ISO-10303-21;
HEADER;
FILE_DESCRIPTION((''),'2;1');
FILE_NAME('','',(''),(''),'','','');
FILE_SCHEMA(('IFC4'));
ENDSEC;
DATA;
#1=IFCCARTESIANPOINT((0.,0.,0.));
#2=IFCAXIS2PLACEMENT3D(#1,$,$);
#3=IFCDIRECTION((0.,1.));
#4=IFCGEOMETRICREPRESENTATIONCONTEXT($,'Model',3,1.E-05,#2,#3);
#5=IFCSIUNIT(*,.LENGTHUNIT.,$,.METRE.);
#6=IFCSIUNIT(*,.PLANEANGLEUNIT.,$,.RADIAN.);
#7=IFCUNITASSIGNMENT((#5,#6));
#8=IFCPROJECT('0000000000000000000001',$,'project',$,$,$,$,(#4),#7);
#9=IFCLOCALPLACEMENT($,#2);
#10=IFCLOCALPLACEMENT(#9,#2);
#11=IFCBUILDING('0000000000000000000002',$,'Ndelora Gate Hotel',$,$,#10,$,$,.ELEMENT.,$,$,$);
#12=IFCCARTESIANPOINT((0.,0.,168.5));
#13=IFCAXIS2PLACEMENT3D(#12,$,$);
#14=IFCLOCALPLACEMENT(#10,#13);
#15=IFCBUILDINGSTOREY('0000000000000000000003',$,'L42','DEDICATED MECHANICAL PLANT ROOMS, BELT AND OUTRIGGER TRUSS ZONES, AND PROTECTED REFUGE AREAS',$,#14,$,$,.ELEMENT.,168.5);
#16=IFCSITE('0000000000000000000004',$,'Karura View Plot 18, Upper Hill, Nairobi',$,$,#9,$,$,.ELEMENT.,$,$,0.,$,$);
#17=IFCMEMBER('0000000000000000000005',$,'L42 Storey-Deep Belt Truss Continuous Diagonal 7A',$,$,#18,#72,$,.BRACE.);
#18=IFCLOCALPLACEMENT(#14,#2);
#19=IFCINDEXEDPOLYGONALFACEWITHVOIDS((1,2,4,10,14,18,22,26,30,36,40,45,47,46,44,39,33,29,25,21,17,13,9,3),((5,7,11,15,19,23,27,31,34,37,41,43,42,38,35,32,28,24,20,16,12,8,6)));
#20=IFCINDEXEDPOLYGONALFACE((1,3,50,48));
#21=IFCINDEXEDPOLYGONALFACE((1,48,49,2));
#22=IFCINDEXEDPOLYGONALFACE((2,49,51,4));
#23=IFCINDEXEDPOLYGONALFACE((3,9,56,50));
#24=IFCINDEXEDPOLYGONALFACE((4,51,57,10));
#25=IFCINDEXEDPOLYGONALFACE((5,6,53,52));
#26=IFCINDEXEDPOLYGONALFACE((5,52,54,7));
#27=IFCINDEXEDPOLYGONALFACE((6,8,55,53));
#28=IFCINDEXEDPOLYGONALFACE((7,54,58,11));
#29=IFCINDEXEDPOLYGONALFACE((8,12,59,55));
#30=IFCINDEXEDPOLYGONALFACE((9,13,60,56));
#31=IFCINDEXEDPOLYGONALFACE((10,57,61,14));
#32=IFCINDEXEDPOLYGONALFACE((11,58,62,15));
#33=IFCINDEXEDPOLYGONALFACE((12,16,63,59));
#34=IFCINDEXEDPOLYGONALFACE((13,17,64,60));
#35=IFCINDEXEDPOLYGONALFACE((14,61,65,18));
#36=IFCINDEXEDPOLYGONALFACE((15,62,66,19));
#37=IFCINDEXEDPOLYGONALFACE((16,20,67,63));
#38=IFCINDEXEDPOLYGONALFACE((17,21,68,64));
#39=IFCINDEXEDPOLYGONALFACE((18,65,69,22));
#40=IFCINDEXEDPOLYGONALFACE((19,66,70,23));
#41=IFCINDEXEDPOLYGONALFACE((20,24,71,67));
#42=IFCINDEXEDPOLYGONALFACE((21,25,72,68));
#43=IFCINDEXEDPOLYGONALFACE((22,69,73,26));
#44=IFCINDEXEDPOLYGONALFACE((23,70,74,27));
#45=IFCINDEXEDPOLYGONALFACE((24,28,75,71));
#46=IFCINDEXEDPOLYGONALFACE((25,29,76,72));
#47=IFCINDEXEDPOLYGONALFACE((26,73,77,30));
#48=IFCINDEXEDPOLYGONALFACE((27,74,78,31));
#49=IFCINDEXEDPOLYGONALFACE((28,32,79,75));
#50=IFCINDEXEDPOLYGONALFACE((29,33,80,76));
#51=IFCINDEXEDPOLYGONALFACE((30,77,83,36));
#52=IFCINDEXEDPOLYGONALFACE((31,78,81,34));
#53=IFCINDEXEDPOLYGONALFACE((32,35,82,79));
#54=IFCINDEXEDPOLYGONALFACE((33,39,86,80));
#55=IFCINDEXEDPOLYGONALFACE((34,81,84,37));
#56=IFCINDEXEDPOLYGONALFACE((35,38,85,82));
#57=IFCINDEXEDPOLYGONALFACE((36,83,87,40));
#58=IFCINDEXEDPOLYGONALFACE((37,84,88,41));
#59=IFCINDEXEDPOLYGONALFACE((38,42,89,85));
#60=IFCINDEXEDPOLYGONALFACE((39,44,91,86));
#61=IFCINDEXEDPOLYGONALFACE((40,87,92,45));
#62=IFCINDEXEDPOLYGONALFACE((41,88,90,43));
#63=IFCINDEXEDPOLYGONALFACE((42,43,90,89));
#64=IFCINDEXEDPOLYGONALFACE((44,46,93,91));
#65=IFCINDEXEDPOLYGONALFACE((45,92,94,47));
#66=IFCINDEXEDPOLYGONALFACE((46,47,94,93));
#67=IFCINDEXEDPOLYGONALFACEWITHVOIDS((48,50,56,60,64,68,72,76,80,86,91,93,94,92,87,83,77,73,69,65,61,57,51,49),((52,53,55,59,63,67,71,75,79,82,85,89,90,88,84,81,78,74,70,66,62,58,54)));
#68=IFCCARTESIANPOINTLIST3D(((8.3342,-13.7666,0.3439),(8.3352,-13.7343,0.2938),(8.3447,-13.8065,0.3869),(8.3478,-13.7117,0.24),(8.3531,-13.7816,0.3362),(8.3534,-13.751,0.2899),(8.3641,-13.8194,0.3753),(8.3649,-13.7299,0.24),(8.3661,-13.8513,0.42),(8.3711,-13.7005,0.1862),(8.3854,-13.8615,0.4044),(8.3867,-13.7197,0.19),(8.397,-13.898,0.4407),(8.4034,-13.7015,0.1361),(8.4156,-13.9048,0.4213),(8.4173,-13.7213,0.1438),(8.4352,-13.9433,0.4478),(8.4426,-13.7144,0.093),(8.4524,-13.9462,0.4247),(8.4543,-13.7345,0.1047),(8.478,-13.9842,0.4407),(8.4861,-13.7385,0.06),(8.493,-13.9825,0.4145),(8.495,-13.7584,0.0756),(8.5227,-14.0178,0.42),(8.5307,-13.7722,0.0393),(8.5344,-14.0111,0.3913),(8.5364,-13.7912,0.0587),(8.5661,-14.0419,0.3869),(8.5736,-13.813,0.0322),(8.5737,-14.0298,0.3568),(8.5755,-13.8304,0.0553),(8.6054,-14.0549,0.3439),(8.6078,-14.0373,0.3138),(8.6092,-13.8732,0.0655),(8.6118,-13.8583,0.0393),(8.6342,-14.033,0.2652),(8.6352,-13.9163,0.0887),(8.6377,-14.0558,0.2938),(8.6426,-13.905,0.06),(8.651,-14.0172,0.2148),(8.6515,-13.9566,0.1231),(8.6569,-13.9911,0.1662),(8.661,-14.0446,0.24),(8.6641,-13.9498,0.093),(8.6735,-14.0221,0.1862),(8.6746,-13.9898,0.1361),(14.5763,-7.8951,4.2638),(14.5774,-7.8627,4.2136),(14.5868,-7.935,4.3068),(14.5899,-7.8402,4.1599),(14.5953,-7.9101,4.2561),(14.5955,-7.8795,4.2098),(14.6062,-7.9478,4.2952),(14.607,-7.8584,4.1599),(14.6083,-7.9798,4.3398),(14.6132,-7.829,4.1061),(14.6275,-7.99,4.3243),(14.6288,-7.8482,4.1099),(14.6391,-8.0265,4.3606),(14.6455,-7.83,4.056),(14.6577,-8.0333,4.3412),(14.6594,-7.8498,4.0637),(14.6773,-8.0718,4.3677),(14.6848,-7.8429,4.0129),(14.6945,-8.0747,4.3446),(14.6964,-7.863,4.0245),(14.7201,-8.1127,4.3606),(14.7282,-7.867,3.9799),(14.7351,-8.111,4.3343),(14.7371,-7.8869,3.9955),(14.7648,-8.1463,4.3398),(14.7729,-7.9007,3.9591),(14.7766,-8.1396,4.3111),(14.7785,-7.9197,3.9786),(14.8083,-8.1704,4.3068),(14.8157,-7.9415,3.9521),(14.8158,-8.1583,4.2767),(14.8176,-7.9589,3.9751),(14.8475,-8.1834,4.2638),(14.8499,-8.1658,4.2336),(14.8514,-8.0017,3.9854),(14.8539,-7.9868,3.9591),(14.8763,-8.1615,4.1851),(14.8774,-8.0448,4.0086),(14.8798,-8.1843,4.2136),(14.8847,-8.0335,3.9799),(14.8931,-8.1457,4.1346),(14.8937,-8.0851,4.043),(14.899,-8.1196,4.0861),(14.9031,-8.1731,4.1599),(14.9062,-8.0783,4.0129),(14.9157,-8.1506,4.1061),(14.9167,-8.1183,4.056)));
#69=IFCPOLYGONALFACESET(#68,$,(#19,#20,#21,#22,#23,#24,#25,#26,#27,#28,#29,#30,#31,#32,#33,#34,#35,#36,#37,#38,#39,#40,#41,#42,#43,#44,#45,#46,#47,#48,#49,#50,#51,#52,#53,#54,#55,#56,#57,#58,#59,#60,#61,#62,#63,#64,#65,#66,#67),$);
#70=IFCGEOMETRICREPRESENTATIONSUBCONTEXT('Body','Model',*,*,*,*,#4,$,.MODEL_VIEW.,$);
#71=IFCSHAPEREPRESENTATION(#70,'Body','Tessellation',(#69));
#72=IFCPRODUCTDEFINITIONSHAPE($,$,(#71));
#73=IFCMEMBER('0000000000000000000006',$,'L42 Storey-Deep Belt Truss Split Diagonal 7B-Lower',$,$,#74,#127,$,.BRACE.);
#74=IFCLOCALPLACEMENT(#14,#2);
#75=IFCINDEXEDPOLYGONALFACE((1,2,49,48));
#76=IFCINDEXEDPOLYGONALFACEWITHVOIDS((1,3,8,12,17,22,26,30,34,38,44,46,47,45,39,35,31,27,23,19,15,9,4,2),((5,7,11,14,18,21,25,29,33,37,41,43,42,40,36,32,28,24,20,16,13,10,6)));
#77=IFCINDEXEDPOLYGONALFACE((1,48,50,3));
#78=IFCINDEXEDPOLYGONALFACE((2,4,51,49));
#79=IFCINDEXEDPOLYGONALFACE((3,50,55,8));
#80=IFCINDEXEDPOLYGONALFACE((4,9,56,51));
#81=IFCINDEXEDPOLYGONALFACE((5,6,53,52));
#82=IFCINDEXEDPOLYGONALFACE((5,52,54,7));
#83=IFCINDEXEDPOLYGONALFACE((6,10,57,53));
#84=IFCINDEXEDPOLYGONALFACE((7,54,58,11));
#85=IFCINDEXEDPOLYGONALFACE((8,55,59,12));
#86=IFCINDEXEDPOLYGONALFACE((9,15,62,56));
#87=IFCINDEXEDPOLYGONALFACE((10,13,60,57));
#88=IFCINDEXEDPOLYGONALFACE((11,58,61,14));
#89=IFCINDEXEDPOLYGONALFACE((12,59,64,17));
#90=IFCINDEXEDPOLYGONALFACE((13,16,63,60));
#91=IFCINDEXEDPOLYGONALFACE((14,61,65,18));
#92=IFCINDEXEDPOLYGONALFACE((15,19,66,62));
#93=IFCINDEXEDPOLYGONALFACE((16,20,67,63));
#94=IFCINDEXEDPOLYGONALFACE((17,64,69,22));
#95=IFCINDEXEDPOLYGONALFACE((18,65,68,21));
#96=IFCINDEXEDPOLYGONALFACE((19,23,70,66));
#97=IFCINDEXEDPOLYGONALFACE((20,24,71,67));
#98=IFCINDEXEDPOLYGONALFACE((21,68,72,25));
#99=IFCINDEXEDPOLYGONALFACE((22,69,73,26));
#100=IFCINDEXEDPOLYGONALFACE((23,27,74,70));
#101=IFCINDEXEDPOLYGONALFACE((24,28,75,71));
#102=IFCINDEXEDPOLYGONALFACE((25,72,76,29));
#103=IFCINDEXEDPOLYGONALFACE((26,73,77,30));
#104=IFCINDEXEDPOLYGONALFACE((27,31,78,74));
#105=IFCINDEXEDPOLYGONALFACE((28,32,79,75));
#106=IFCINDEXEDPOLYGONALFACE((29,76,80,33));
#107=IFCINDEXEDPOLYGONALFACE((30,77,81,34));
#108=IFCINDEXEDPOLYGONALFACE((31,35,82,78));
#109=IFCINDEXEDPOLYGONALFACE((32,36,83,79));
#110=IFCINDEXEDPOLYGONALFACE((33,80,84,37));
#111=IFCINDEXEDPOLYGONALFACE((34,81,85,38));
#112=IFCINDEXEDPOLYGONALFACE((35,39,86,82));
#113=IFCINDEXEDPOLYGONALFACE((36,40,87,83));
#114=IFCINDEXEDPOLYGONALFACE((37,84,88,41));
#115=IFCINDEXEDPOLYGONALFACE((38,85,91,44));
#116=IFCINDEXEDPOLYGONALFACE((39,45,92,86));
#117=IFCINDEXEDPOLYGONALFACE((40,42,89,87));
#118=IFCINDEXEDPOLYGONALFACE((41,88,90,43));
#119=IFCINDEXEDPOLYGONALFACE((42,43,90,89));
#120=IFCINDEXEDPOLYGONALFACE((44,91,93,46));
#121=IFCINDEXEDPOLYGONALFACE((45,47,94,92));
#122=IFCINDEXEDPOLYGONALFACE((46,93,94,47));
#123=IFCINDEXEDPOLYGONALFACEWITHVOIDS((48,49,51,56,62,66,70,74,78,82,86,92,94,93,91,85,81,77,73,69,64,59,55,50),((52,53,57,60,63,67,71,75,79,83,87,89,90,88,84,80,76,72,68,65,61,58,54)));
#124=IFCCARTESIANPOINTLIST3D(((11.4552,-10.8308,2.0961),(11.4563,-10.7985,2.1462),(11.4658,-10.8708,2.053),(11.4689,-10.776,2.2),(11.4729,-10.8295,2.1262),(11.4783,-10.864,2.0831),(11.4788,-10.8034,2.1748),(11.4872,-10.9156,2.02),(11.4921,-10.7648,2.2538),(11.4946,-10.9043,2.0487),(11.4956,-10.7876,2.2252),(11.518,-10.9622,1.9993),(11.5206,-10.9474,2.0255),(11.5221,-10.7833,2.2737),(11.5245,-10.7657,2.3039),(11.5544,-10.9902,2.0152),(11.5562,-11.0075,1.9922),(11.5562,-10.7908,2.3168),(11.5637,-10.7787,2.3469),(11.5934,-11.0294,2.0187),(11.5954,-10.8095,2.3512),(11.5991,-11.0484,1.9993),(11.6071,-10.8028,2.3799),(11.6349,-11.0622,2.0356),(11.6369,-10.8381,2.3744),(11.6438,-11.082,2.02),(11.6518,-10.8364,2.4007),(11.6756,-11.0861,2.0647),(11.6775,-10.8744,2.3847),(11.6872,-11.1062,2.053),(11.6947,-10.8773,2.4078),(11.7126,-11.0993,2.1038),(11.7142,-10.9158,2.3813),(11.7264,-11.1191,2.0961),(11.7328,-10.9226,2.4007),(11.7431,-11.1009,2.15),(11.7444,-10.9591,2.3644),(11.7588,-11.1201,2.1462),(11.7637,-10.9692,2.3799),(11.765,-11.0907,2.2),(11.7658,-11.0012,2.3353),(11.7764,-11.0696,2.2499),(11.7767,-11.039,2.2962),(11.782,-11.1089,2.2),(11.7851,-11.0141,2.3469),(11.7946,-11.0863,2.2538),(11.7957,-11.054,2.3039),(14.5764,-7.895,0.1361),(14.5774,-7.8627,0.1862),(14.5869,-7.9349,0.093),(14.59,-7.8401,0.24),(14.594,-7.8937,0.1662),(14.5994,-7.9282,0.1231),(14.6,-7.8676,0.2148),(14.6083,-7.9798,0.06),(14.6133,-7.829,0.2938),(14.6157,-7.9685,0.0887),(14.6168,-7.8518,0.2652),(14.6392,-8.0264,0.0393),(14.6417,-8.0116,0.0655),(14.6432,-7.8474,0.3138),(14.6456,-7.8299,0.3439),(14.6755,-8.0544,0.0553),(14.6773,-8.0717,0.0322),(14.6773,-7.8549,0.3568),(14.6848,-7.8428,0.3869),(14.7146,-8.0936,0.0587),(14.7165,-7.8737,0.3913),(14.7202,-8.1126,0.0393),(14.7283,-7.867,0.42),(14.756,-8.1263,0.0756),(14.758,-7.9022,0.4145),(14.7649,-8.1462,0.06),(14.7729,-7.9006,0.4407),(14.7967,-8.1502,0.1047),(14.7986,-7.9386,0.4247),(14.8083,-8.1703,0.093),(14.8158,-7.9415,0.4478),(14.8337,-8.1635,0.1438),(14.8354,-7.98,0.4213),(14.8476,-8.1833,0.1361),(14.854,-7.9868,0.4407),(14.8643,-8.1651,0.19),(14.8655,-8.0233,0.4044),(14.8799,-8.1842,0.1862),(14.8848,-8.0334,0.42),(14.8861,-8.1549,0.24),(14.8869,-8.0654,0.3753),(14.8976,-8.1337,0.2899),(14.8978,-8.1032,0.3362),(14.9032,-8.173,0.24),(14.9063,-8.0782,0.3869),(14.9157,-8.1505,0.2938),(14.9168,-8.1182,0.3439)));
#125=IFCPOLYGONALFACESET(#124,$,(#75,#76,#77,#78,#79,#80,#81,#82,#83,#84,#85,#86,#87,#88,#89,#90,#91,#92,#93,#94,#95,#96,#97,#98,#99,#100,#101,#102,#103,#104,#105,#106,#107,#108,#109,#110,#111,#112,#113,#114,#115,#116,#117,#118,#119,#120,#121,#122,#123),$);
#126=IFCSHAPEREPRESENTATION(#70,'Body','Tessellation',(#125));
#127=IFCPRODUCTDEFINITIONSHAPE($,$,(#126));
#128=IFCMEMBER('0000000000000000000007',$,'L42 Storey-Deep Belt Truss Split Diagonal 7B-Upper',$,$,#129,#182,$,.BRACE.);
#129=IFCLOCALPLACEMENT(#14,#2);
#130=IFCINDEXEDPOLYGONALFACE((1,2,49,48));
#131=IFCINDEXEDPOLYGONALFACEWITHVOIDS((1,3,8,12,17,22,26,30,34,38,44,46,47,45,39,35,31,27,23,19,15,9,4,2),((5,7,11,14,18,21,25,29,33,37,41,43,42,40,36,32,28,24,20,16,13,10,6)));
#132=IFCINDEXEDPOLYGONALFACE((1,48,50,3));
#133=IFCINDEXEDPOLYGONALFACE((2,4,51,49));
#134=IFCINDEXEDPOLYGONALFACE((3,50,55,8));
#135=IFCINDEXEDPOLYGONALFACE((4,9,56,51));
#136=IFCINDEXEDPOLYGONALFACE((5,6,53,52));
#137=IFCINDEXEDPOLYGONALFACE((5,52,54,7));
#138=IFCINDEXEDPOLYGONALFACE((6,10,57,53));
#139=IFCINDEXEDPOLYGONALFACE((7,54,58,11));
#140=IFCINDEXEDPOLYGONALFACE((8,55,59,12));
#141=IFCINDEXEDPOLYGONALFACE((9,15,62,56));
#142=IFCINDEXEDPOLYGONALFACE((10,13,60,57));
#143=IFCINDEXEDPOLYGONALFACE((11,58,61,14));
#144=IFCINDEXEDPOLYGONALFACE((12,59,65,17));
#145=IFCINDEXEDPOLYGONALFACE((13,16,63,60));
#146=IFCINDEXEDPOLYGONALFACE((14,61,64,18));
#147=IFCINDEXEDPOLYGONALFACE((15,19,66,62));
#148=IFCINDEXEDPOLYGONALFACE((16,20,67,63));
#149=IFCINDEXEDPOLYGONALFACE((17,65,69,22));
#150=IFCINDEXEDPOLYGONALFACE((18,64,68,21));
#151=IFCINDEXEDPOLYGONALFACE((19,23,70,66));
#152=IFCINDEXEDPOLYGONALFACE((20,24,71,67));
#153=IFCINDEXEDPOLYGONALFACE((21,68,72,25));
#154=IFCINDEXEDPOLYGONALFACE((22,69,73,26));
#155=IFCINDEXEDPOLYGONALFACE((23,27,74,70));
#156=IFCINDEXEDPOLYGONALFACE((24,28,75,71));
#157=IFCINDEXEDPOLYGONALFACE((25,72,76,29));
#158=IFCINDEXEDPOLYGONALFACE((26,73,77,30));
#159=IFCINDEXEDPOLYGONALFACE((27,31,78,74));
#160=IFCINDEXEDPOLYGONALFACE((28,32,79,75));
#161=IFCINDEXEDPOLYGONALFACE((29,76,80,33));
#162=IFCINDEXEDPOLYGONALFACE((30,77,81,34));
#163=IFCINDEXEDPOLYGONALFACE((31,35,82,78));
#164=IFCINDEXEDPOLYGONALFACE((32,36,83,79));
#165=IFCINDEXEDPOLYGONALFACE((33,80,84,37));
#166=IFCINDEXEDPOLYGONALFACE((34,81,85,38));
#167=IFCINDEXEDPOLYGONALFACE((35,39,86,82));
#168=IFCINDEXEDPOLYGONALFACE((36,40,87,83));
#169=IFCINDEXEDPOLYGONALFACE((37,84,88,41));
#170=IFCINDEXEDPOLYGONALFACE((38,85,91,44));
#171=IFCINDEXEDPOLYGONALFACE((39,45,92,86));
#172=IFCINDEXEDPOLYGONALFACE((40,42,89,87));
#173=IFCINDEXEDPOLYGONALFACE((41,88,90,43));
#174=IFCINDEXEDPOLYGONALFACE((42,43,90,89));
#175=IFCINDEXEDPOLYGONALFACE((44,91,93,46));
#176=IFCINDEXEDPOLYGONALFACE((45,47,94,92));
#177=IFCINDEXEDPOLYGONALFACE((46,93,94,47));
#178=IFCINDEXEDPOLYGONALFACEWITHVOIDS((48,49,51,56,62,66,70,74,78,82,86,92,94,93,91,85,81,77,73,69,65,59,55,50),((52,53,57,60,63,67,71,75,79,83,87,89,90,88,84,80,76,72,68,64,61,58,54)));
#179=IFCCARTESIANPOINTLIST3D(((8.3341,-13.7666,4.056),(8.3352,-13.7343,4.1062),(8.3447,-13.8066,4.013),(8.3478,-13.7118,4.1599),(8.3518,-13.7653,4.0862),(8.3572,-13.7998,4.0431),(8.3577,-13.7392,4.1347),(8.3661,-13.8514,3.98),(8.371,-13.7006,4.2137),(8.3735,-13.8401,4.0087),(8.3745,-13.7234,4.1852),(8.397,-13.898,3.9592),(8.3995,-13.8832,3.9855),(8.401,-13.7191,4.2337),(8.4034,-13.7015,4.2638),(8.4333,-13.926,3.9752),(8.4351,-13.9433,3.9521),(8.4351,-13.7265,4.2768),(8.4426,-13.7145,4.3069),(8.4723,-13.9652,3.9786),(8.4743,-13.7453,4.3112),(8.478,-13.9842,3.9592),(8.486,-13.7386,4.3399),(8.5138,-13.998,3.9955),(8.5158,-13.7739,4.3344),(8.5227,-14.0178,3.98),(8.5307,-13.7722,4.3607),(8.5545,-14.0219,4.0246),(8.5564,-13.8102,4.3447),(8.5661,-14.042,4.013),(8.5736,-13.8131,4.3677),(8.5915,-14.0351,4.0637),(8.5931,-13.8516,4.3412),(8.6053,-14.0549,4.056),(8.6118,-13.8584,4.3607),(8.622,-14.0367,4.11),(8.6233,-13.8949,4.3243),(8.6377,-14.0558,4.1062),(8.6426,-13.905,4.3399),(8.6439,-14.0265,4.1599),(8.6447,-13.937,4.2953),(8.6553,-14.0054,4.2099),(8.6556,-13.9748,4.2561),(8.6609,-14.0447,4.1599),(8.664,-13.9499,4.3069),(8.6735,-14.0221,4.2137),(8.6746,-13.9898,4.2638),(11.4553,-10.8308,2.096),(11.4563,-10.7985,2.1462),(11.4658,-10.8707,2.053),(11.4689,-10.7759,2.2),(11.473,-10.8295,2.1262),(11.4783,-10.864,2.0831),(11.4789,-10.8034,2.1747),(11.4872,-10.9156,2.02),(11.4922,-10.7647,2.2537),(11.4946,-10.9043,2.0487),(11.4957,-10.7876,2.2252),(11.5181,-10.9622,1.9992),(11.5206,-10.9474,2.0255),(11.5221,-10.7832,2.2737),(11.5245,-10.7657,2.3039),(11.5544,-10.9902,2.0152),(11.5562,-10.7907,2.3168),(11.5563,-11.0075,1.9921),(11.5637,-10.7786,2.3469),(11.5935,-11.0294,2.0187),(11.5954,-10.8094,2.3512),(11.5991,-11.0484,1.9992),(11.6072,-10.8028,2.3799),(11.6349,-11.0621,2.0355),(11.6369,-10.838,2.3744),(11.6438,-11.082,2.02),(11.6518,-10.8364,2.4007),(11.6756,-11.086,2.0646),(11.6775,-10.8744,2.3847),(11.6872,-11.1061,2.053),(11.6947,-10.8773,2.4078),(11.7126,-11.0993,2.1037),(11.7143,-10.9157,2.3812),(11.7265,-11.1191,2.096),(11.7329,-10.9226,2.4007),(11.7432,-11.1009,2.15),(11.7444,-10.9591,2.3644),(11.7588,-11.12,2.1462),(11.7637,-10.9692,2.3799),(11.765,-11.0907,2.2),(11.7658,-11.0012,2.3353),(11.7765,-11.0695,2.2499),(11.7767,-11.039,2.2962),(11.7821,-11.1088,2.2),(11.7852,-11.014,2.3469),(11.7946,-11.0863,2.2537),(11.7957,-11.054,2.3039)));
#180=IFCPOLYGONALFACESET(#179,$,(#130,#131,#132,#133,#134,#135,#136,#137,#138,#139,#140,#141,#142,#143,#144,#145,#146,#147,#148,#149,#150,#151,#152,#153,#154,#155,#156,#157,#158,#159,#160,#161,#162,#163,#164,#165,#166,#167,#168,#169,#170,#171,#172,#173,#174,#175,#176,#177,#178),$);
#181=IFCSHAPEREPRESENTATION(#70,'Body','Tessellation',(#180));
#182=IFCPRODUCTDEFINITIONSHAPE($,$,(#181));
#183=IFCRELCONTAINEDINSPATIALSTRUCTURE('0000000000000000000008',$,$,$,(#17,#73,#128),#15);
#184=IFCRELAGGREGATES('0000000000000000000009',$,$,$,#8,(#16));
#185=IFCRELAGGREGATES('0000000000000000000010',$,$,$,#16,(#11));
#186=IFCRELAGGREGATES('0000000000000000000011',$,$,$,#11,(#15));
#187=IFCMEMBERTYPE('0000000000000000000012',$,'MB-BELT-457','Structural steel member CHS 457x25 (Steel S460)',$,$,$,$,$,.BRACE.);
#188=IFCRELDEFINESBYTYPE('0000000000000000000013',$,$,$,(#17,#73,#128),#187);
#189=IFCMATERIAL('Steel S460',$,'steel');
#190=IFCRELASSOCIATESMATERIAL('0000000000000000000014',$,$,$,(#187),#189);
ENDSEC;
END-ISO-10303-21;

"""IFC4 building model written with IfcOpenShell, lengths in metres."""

from ifc_helpers import new_model, si_unit, direction, frame, origin, origin_2d, place, context, subcontext, project, spatial, hollow_circle, extrude, material, material_profile, profile_set, type_object, element, save


model = new_model("IFC4")

# Units and contexts
model_context = context("Model", 3, precision=1e-05, world=origin(), true_north=direction((0.0, 1.0)))
body_context = subcontext(model_context, "Body", "Model", "MODEL_VIEW")
ifc_project = project(units=[si_unit("LENGTHUNIT", "METRE"), si_unit("PLANEANGLEUNIT", "RADIAN")], contexts=[model_context])

# Site, building, storey
site_placement = place(None, origin())
site = spatial("IfcSite", under=ifc_project, at=site_placement, Name="Karura View Plot 18, Upper Hill, Nairobi", CompositionType="ELEMENT", RefElevation=0.0)
building_placement = place(site_placement, origin())
building = spatial("IfcBuilding", under=site, at=building_placement, Name="Ndelora Gate Hotel", CompositionType="ELEMENT")
storey_placement = place(building_placement, frame((0.0, 0.0, 168.5)))
storey = spatial("IfcBuildingStorey", under=building, at=storey_placement, Name="L42", Description="DEDICATED MECHANICAL PLANT ROOMS, BELT AND OUTRIGGER TRUSS ZONES, AND PROTECTED REFUGE AREAS", CompositionType="ELEMENT", Elevation=168.5)

# Shared definitions
ifc_material_1 = material(Name="Steel S460", Category="steel")

# Members
ifc_material_profile_1 = material_profile(ifc_material_1, hollow_circle(Radius=0.2285, WallThickness=0.0249, at=origin_2d()), Name="CHS 457x25")
ifc_profile_set_1 = profile_set([ifc_material_profile_1], Name="Steel S460")
member_type = type_object("IfcMemberType", Name="MB-BELT-457", Description="Structural steel member CHS 457x25 (Steel S460)", PredefinedType="BRACE", material=ifc_profile_set_1)
member_1_placement = place(storey_placement, frame((8.5044, -13.8782, 0.24), z_axis=(0.662392, 0.623065, 0.415964), x_axis=(-0.685153, 0.728399, 0.0)))
element("IfcMember", 1, at=member_1_placement, inside=storey, type_object=member_type, Name="L42 Storey-Deep Belt Truss Continuous Diagonal 7A", PredefinedType="BRACE", context=body_context, shape_type="SweptSolid", body=[
    extrude(hollow_circle(Radius=0.2285, WallThickness=0.0249, at=origin_2d()), origin(), (0.0, 0.0, 1.0), 9.4236),
])
for number, where, z_axis, x_axis, name in (
    (2, (14.7466, -8.0066, 0.24), (-0.662392, -0.623065, 0.415964), (0.685153, -0.728399, 0.0), "L42 Storey-Deep Belt Truss Split Diagonal 7B-Lower"),
    (3, (11.6255, -10.9424, 2.2), (-0.662392, -0.623065, 0.415964), (0.685153, -0.728399, 0.0), "L42 Storey-Deep Belt Truss Split Diagonal 7B-Upper"),
):
    element("IfcMember", number, at=place(storey_placement, frame(where, z_axis=z_axis, x_axis=x_axis)), inside=storey, type_object=member_type, Name=name, PredefinedType="BRACE", context=body_context, shape_type="SweptSolid", body=[
        extrude(hollow_circle(Radius=0.2285, WallThickness=0.0249, at=origin_2d()), origin(), (0.0, 0.0, 1.0), 4.7119),
    ])

save(model, "model.ifc")
